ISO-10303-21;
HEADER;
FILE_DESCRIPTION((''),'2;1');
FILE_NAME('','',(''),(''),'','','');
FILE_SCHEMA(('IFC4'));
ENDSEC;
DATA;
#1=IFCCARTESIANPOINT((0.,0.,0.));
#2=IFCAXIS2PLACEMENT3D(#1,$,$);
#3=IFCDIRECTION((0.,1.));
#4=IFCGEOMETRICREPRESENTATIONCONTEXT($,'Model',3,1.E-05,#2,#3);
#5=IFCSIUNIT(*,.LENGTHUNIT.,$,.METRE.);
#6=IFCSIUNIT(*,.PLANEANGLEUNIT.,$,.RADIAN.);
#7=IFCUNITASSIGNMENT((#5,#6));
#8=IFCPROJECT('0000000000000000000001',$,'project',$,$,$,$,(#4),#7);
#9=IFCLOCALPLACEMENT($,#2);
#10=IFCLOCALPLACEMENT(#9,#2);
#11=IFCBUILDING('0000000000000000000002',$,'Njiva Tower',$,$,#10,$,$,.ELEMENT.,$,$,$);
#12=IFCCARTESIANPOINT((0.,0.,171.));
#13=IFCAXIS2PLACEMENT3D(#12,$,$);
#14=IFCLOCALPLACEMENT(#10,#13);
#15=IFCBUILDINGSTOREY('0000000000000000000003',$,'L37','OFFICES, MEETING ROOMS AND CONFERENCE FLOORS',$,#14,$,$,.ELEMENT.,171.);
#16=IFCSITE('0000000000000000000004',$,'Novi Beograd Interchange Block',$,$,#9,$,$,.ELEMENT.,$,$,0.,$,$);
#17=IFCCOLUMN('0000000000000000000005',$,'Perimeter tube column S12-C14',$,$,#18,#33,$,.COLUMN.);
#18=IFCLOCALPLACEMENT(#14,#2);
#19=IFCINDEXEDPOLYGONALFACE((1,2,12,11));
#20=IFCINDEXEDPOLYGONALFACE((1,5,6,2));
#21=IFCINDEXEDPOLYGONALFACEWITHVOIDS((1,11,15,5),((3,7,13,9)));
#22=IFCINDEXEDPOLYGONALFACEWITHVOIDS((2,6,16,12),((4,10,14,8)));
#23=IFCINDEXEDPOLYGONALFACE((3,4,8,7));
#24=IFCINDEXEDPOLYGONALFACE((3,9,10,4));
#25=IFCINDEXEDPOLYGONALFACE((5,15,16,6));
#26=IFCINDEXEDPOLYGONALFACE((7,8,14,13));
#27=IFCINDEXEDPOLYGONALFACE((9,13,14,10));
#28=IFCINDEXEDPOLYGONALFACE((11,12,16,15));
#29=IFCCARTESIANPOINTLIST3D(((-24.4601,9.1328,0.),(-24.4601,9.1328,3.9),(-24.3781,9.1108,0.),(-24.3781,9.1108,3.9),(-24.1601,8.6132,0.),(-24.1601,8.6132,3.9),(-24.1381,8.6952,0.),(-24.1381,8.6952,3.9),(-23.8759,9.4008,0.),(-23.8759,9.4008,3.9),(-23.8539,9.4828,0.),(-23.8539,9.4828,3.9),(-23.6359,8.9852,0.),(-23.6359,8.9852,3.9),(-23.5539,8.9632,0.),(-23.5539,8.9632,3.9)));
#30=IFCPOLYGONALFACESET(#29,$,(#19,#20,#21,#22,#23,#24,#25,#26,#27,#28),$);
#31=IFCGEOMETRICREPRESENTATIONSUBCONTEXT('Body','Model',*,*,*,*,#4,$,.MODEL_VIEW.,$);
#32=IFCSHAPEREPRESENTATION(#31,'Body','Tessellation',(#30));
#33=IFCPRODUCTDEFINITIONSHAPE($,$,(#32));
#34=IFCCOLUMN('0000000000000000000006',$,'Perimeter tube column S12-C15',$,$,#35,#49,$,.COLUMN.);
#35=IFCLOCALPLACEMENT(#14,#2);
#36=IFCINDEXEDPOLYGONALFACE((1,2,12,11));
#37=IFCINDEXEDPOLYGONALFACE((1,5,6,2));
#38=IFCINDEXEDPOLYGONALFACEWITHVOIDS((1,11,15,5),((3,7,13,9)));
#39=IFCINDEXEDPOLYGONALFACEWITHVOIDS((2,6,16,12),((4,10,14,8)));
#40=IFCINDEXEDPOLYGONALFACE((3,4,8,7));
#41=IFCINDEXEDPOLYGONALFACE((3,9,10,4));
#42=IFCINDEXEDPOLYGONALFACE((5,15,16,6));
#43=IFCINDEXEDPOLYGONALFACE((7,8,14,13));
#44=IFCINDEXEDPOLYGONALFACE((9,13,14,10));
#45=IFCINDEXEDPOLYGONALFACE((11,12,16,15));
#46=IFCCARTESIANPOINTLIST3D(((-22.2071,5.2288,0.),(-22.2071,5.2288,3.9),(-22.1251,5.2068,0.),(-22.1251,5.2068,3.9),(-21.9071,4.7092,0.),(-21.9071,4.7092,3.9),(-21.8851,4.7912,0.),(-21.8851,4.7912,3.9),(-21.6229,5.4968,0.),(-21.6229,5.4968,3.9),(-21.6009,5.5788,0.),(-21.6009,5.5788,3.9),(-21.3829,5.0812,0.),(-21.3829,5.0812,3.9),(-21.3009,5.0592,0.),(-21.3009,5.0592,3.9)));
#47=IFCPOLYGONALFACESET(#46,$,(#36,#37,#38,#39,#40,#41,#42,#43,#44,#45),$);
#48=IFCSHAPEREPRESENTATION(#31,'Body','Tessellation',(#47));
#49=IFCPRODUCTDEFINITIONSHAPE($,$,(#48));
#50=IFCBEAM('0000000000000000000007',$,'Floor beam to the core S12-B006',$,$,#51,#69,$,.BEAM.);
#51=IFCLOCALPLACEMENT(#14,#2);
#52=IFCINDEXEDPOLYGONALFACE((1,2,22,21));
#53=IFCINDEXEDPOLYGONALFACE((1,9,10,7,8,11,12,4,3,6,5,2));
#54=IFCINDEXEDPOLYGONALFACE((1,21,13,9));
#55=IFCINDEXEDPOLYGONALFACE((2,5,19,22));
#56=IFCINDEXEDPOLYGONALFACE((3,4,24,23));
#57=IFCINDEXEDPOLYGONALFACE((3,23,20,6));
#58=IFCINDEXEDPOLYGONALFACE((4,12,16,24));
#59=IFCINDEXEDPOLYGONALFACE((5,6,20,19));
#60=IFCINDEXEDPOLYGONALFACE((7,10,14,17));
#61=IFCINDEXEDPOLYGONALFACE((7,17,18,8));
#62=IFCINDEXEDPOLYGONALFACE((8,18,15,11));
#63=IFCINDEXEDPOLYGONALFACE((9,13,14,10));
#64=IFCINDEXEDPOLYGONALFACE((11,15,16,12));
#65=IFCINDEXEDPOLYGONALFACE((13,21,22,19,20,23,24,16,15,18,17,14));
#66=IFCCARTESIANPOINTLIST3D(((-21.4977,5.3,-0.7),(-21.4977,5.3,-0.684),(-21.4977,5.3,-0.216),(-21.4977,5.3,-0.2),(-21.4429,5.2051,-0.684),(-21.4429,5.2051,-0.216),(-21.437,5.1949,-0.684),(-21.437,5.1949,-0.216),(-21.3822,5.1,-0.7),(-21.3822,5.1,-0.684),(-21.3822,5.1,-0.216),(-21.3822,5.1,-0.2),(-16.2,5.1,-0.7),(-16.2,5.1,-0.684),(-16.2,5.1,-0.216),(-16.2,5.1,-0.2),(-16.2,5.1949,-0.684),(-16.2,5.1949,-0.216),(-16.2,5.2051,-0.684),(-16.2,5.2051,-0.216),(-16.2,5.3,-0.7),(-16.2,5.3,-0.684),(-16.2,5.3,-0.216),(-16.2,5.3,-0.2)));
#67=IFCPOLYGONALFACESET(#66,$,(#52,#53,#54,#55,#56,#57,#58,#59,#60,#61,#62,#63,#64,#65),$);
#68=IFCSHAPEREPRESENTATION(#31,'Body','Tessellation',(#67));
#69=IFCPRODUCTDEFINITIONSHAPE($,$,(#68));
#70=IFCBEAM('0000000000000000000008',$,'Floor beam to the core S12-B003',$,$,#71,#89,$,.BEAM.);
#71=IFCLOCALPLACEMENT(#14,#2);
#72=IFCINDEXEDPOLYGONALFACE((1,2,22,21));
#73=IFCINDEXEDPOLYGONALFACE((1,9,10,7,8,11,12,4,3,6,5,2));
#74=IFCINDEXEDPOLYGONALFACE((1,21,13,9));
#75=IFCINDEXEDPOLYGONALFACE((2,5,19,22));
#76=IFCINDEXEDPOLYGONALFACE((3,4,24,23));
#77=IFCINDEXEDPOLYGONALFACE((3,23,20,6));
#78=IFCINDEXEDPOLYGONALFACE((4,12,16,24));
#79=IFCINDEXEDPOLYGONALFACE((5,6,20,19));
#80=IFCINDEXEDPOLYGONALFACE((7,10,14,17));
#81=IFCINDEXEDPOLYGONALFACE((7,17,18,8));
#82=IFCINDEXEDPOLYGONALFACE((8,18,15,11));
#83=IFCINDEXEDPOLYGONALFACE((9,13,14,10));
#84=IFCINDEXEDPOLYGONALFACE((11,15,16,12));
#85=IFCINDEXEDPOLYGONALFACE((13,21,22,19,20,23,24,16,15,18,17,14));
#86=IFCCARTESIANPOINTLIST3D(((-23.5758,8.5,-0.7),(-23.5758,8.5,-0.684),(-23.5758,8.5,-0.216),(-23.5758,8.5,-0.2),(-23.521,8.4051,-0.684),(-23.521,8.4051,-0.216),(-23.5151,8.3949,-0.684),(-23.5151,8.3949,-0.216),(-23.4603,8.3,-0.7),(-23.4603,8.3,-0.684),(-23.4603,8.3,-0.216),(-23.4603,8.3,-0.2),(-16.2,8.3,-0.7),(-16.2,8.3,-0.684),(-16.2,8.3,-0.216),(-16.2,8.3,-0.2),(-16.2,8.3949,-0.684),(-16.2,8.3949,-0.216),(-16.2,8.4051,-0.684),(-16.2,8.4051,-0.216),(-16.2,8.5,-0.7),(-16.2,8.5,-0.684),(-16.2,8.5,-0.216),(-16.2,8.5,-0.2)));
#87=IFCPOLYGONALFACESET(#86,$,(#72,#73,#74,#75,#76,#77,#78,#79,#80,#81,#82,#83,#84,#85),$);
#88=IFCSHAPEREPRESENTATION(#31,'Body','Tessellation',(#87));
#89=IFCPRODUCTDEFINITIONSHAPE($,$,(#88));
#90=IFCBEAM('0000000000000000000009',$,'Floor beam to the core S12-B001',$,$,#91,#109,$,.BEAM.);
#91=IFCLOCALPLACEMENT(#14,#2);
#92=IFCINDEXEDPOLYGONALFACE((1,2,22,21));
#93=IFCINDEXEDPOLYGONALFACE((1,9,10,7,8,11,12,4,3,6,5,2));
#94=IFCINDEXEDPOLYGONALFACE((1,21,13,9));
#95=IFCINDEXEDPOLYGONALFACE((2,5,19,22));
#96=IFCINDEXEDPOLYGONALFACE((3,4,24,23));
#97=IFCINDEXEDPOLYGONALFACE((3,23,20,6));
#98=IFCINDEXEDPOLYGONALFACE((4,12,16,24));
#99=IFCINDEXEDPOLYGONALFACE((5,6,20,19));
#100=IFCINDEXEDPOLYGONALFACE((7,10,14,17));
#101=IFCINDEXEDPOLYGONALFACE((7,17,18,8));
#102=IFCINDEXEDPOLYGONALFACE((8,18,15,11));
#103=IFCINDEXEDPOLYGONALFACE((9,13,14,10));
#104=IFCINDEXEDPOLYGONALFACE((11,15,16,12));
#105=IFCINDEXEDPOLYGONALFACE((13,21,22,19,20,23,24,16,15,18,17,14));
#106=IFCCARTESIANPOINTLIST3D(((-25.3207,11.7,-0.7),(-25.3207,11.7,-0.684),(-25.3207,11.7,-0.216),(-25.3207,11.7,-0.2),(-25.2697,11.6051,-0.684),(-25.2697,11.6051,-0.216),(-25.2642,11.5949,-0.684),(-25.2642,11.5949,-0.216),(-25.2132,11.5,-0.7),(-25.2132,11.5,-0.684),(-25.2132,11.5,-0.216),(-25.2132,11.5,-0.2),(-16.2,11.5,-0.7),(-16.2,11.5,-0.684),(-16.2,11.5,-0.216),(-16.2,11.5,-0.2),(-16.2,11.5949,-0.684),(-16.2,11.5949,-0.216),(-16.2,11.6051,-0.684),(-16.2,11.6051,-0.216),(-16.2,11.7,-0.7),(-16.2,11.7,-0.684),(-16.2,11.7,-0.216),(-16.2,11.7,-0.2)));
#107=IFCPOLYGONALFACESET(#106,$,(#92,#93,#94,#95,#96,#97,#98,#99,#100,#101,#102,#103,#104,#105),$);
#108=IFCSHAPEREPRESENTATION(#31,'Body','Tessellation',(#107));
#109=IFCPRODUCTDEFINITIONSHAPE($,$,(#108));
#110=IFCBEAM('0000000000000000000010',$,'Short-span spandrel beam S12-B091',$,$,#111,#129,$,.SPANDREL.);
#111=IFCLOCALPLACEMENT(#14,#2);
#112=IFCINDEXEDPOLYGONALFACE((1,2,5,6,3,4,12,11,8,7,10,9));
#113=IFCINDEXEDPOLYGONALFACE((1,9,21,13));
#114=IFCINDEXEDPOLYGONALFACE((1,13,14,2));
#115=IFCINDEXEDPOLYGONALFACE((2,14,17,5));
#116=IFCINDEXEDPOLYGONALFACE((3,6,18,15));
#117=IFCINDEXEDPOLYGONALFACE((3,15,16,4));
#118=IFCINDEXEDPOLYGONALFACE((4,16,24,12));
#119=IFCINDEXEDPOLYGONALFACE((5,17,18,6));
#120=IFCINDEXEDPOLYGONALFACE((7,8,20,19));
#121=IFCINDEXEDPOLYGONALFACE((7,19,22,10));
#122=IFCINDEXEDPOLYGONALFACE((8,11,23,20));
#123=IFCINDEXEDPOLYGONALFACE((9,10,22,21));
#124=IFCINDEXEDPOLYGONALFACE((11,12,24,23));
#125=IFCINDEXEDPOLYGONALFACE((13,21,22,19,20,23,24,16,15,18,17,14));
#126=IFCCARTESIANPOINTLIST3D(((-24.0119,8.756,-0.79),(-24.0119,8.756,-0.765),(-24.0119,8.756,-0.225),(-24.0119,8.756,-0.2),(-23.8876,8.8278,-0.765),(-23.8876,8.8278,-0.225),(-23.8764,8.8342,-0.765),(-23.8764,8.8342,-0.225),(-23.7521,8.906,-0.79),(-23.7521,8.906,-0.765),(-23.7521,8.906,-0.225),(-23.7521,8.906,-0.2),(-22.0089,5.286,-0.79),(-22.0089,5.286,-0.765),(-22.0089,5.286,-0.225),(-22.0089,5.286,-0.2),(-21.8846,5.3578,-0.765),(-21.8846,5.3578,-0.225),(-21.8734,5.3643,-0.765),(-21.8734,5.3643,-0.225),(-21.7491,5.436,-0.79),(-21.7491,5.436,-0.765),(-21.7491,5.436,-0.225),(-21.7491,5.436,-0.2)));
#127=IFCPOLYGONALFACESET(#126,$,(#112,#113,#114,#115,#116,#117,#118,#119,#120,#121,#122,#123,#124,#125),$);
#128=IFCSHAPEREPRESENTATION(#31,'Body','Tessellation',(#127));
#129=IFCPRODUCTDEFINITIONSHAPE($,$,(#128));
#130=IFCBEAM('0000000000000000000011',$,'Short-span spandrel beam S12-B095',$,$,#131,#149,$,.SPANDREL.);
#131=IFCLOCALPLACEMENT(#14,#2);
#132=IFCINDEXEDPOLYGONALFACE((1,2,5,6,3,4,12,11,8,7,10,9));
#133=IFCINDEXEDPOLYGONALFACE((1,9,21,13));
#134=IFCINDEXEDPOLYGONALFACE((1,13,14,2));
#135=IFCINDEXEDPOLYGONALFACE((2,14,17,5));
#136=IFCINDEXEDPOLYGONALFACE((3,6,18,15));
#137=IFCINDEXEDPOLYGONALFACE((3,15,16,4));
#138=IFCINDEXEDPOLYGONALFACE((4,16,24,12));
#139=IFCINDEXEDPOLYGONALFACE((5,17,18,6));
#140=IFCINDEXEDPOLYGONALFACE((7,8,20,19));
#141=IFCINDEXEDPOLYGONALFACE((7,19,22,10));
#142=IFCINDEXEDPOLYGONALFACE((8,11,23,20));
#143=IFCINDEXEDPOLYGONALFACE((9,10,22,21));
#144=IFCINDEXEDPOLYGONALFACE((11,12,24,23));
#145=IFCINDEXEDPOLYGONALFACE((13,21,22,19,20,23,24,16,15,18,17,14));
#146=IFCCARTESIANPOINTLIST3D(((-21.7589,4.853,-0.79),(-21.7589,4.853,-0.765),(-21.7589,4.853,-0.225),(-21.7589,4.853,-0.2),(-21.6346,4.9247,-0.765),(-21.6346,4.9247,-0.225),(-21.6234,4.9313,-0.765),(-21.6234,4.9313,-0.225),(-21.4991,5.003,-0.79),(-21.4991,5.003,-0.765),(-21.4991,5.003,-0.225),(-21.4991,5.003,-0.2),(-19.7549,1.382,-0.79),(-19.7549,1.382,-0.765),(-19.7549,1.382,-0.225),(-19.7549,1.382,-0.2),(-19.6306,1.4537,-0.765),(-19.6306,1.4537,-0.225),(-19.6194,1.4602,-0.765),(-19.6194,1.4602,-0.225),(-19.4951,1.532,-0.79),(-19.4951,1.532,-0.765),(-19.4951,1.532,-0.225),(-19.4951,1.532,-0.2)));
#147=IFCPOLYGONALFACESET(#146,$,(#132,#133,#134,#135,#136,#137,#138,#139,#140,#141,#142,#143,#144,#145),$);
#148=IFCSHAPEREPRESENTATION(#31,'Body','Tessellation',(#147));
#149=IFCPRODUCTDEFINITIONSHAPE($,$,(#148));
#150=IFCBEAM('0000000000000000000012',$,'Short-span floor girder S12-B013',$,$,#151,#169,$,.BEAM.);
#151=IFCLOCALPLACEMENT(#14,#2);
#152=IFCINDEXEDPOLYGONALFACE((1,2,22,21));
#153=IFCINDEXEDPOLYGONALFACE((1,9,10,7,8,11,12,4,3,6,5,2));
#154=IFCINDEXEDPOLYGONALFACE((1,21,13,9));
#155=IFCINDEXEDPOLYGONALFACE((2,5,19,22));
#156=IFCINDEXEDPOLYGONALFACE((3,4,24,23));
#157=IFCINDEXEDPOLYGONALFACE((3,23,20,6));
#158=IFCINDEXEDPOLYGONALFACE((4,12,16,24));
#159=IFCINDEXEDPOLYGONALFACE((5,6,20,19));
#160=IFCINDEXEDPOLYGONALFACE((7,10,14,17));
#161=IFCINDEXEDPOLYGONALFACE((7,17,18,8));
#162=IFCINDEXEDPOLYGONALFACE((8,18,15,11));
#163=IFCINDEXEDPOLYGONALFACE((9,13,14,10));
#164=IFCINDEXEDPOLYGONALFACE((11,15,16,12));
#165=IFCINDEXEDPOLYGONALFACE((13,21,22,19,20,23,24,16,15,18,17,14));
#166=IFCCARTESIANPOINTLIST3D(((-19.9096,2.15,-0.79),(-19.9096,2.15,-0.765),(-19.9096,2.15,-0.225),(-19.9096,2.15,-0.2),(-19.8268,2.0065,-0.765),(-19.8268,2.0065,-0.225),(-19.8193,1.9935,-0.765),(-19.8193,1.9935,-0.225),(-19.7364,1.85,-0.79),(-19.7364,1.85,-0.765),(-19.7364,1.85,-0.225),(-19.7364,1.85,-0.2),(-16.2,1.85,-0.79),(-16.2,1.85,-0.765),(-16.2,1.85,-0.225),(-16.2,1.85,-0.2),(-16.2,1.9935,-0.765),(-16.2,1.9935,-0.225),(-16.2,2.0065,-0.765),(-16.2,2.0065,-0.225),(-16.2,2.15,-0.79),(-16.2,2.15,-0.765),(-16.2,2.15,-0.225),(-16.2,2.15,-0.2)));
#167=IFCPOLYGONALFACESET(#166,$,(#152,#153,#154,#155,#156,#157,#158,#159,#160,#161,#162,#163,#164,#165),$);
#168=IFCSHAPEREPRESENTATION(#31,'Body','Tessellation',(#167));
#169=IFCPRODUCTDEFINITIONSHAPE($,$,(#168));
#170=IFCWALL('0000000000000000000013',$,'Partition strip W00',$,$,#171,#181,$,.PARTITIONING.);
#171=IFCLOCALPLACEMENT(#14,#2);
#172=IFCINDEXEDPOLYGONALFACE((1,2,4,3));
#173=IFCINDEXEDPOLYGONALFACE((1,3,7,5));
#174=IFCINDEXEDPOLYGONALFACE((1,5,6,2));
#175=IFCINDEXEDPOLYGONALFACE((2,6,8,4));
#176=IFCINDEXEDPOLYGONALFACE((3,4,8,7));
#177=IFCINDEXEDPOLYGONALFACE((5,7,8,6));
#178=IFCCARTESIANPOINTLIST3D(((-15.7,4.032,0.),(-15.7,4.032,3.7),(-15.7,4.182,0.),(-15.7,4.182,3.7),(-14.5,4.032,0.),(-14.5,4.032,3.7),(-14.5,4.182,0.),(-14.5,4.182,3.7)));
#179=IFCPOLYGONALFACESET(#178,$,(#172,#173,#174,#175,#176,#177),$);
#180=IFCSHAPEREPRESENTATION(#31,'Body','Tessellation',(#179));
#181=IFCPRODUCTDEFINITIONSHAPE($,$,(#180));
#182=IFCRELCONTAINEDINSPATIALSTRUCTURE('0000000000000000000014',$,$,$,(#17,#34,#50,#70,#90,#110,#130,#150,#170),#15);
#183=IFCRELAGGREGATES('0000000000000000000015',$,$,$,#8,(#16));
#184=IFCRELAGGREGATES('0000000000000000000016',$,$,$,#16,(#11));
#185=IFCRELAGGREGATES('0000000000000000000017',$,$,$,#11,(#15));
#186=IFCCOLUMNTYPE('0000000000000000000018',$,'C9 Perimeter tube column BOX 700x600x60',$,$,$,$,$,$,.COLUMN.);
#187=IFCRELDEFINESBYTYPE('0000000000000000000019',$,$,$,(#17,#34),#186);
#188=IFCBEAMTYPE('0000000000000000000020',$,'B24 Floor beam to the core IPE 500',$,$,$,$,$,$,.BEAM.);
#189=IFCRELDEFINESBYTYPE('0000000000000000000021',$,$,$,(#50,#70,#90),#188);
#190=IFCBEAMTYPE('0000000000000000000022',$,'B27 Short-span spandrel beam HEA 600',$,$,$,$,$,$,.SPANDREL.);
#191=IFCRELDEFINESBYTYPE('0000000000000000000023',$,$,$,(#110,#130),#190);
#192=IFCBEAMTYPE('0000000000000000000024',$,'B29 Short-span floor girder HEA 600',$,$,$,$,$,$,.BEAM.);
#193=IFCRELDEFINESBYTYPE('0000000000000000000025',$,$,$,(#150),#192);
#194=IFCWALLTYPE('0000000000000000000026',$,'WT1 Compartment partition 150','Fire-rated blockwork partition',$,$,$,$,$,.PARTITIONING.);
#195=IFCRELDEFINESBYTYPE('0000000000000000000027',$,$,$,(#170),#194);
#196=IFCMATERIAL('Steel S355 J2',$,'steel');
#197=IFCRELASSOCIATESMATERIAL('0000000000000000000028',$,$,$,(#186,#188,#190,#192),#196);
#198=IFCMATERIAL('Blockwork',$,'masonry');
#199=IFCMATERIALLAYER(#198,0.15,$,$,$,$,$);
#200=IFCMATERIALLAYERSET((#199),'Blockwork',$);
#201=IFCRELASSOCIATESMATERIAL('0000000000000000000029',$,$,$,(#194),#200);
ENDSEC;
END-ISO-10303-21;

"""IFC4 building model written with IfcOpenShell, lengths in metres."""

from ifc_helpers import new_model, si_unit, direction, frame, frame_2d, origin, origin_2d, place, context, subcontext, project, spatial, rectangle, hollow_rectangle, i_section, extrude, clip, halfspace, material, layer, layer_set, material_profile, profile_set, type_object, element, save


model = new_model("IFC4")

# Units and contexts
model_context = context("Model", 3, precision=1e-05, world=origin(), true_north=direction((0.0, 1.0)))
body_context = subcontext(model_context, "Body", "Model", "MODEL_VIEW")
ifc_project = project(units=[si_unit("LENGTHUNIT", "METRE"), si_unit("PLANEANGLEUNIT", "RADIAN")], contexts=[model_context])

# Site, building, storey
site_placement = place(None, origin())
site = spatial("IfcSite", under=ifc_project, at=site_placement, Name="Novi Beograd Interchange Block", CompositionType="ELEMENT", RefElevation=0.0)
building_placement = place(site_placement, origin())
building = spatial("IfcBuilding", under=site, at=building_placement, Name="Njiva Tower", CompositionType="ELEMENT")
storey_placement = place(building_placement, frame((0.0, 0.0, 171.0)))
storey = spatial("IfcBuildingStorey", under=building, at=storey_placement, Name="L37", Description="OFFICES, MEETING ROOMS AND CONFERENCE FLOORS", CompositionType="ELEMENT", Elevation=171.0)

# Columns
ifc_material_1 = material(Name="Steel S355 J2", Category="steel")
ifc_material_profile_1 = material_profile(ifc_material_1, hollow_rectangle(XDim=0.6, YDim=0.7, WallThickness=0.06, at=origin_2d()), Name="BOX 700x600x60")
ifc_profile_set_1 = profile_set([ifc_material_profile_1], Name="Steel S355 J2")
column_type = type_object("IfcColumnType", Name="C9 Perimeter tube column BOX 700x600x60", PredefinedType="COLUMN", material=ifc_profile_set_1)
for number, where, z_axis, x_axis, name in (
    (1, (-24.007, 9.048, 0.0), (0.0, 0.0, 1.0), (0.5, -0.866025, 0.0), "Perimeter tube column S12-C14"),
    (2, (-21.754, 5.144, 0.0), (0.0, 0.0, 1.0), (0.5, -0.866025, 0.0), "Perimeter tube column S12-C15"),
):
    element("IfcColumn", number, at=place(storey_placement, frame(where, z_axis=z_axis, x_axis=x_axis)), inside=storey, type_object=column_type, Name=name, PredefinedType="COLUMN", context=body_context, shape_type="SweptSolid", body=[
        extrude(hollow_rectangle(XDim=0.6, YDim=0.7, WallThickness=0.06, at=origin_2d()), origin(), (0.0, 0.0, 1.0), 3.9),
    ])

# Beams
ifc_material_profile_2 = material_profile(ifc_material_1, i_section(OverallWidth=0.2, OverallDepth=0.5, WebThickness=0.0102, FlangeThickness=0.016, at=origin_2d()), Name="IPE 500")
ifc_profile_set_2 = profile_set([ifc_material_profile_2], Name="Steel S355 J2")
beam_type_1 = type_object("IfcBeamType", Name="B24 Floor beam to the core IPE 500", PredefinedType="BEAM", material=ifc_profile_set_2)
beam_1_placement = place(storey_placement, frame((-21.518, 5.2, -0.45), z_axis=(1.0, 0.0, 0.0), x_axis=(0.0, 1.0, 0.0)))
element("IfcBeam", 3, at=beam_1_placement, inside=storey, type_object=beam_type_1, Name="Floor beam to the core S12-B006", PredefinedType="BEAM", context=body_context, shape_type="Clipping", body=[
    clip(extrude(i_section(OverallWidth=0.2, OverallDepth=0.5, WebThickness=0.0102, FlangeThickness=0.016, at=origin_2d()), origin(), (0.0, 0.0, 1.0), 5.318), halfspace(frame((-0.025, 0.0, 0.0925), z_axis=(-0.499998, 0.0, -0.866027), x_axis=(0.0, -1.0, 0.0)), False)),
])
beam_2_placement = place(storey_placement, frame((-23.596, 8.4, -0.45), z_axis=(1.0, 0.0, 0.0), x_axis=(0.0, 1.0, 0.0)))
element("IfcBeam", 4, at=beam_2_placement, inside=storey, type_object=beam_type_1, Name="Floor beam to the core S12-B003", PredefinedType="BEAM", context=body_context, shape_type="Clipping", body=[
    clip(extrude(i_section(OverallWidth=0.2, OverallDepth=0.5, WebThickness=0.0102, FlangeThickness=0.016, at=origin_2d()), origin(), (0.0, 0.0, 1.0), 7.396), halfspace(frame((-0.025, 0.0, 0.0924), z_axis=(-0.499998, 0.0, -0.866027), x_axis=(0.0, -1.0, 0.0)), False)),
])
beam_3_placement = place(storey_placement, frame((-25.341, 11.6, -0.45), z_axis=(1.0, 0.0, 0.0), x_axis=(0.0, 1.0, 0.0)))
element("IfcBeam", 5, at=beam_3_placement, inside=storey, type_object=beam_type_1, Name="Floor beam to the core S12-B001", PredefinedType="BEAM", context=body_context, shape_type="Clipping", body=[
    clip(extrude(i_section(OverallWidth=0.2, OverallDepth=0.5, WebThickness=0.0102, FlangeThickness=0.016, at=origin_2d()), origin(), (0.0, 0.0, 1.0), 9.141), halfspace(frame((-0.0237, 0.0, 0.0868), z_axis=(-0.473769, 0.0, -0.880649), x_axis=(0.0, -1.0, 0.0)), False)),
])
ifc_material_profile_3 = material_profile(ifc_material_1, i_section(OverallWidth=0.3, OverallDepth=0.59, WebThickness=0.013, FlangeThickness=0.025, at=origin_2d()), Name="HEA 600")
ifc_profile_set_3 = profile_set([ifc_material_profile_3], Name="Steel S355 J2")
beam_type_2 = type_object("IfcBeamType", Name="B27 Short-span spandrel beam HEA 600", PredefinedType="SPANDREL", material=ifc_profile_set_3)
beam_4_placement = place(storey_placement, frame((-23.882, 8.831, -0.495), z_axis=(0.499924, -0.866069, 0.0), x_axis=(0.866069, 0.499924, 0.0)))
element("IfcBeam", 6, at=beam_4_placement, inside=storey, type_object=beam_type_2, Name="Short-span spandrel beam S12-B091", PredefinedType="SPANDREL", context=body_context, shape_type="SweptSolid", body=[
    extrude(i_section(OverallWidth=0.3, OverallDepth=0.59, WebThickness=0.013, FlangeThickness=0.025, at=origin_2d()), origin(), (0.0, 0.0, 1.0), 4.0066),
])
beam_5_placement = place(storey_placement, frame((-21.629, 4.928, -0.495), z_axis=(0.500003, -0.866024, 0.0), x_axis=(0.866024, 0.500003, 0.0)))
element("IfcBeam", 7, at=beam_5_placement, inside=storey, type_object=beam_type_2, Name="Short-span spandrel beam S12-B095", PredefinedType="SPANDREL", context=body_context, shape_type="SweptSolid", body=[
    extrude(i_section(OverallWidth=0.3, OverallDepth=0.59, WebThickness=0.013, FlangeThickness=0.025, at=origin_2d()), origin(), (0.0, 0.0, 1.0), 4.008),
])
ifc_material_profile_4 = material_profile(ifc_material_1, i_section(OverallWidth=0.3, OverallDepth=0.59, WebThickness=0.013, FlangeThickness=0.025, at=origin_2d()), Name="HEA 600")
ifc_profile_set_4 = profile_set([ifc_material_profile_4], Name="Steel S355 J2")
beam_type_3 = type_object("IfcBeamType", Name="B29 Short-span floor girder HEA 600", PredefinedType="BEAM", material=ifc_profile_set_4)
beam_6_placement = place(storey_placement, frame((-19.93, 2.0, -0.495), z_axis=(1.0, 0.0, 0.0), x_axis=(0.0, 1.0, 0.0)))
element("IfcBeam", 8, at=beam_6_placement, inside=storey, type_object=beam_type_3, Name="Short-span floor girder S12-B013", PredefinedType="BEAM", context=body_context, shape_type="Clipping", body=[
    clip(extrude(i_section(OverallWidth=0.3, OverallDepth=0.59, WebThickness=0.013, FlangeThickness=0.025, at=origin_2d()), origin(), (0.0, 0.0, 1.0), 3.73), halfspace(frame((-0.025, 0.0, 0.1214), z_axis=(-0.499998, 0.0, -0.866027), x_axis=(0.0, -1.0, 0.0)), False)),
])

# Wall
ifc_material_2 = material(Name="Blockwork", Category="masonry")
ifc_layer_1 = layer(ifc_material_2, 0.15)
ifc_layer_set_1 = layer_set([ifc_layer_1], Name="Blockwork")
wall_type_1 = type_object("IfcWallType", Name="WT1 Compartment partition 150", Description="Fire-rated blockwork partition", PredefinedType="PARTITIONING", material=ifc_layer_set_1)
wall_1_placement = place(storey_placement, frame((-15.7, 4.107, 0.0), z_axis=(0.0, 0.0, 1.0), x_axis=(1.0, 0.0, 0.0)))
element("IfcWall", 9, at=wall_1_placement, inside=storey, type_object=wall_type_1, Name="Partition strip W00", PredefinedType="PARTITIONING", context=body_context, shape_type="SweptSolid", body=[
    extrude(rectangle(XDim=1.2, YDim=0.15, at=frame_2d((0.6, 0.0))), origin(), (0.0, 0.0, 1.0), 3.7),
])

save(model, "model.ifc")
